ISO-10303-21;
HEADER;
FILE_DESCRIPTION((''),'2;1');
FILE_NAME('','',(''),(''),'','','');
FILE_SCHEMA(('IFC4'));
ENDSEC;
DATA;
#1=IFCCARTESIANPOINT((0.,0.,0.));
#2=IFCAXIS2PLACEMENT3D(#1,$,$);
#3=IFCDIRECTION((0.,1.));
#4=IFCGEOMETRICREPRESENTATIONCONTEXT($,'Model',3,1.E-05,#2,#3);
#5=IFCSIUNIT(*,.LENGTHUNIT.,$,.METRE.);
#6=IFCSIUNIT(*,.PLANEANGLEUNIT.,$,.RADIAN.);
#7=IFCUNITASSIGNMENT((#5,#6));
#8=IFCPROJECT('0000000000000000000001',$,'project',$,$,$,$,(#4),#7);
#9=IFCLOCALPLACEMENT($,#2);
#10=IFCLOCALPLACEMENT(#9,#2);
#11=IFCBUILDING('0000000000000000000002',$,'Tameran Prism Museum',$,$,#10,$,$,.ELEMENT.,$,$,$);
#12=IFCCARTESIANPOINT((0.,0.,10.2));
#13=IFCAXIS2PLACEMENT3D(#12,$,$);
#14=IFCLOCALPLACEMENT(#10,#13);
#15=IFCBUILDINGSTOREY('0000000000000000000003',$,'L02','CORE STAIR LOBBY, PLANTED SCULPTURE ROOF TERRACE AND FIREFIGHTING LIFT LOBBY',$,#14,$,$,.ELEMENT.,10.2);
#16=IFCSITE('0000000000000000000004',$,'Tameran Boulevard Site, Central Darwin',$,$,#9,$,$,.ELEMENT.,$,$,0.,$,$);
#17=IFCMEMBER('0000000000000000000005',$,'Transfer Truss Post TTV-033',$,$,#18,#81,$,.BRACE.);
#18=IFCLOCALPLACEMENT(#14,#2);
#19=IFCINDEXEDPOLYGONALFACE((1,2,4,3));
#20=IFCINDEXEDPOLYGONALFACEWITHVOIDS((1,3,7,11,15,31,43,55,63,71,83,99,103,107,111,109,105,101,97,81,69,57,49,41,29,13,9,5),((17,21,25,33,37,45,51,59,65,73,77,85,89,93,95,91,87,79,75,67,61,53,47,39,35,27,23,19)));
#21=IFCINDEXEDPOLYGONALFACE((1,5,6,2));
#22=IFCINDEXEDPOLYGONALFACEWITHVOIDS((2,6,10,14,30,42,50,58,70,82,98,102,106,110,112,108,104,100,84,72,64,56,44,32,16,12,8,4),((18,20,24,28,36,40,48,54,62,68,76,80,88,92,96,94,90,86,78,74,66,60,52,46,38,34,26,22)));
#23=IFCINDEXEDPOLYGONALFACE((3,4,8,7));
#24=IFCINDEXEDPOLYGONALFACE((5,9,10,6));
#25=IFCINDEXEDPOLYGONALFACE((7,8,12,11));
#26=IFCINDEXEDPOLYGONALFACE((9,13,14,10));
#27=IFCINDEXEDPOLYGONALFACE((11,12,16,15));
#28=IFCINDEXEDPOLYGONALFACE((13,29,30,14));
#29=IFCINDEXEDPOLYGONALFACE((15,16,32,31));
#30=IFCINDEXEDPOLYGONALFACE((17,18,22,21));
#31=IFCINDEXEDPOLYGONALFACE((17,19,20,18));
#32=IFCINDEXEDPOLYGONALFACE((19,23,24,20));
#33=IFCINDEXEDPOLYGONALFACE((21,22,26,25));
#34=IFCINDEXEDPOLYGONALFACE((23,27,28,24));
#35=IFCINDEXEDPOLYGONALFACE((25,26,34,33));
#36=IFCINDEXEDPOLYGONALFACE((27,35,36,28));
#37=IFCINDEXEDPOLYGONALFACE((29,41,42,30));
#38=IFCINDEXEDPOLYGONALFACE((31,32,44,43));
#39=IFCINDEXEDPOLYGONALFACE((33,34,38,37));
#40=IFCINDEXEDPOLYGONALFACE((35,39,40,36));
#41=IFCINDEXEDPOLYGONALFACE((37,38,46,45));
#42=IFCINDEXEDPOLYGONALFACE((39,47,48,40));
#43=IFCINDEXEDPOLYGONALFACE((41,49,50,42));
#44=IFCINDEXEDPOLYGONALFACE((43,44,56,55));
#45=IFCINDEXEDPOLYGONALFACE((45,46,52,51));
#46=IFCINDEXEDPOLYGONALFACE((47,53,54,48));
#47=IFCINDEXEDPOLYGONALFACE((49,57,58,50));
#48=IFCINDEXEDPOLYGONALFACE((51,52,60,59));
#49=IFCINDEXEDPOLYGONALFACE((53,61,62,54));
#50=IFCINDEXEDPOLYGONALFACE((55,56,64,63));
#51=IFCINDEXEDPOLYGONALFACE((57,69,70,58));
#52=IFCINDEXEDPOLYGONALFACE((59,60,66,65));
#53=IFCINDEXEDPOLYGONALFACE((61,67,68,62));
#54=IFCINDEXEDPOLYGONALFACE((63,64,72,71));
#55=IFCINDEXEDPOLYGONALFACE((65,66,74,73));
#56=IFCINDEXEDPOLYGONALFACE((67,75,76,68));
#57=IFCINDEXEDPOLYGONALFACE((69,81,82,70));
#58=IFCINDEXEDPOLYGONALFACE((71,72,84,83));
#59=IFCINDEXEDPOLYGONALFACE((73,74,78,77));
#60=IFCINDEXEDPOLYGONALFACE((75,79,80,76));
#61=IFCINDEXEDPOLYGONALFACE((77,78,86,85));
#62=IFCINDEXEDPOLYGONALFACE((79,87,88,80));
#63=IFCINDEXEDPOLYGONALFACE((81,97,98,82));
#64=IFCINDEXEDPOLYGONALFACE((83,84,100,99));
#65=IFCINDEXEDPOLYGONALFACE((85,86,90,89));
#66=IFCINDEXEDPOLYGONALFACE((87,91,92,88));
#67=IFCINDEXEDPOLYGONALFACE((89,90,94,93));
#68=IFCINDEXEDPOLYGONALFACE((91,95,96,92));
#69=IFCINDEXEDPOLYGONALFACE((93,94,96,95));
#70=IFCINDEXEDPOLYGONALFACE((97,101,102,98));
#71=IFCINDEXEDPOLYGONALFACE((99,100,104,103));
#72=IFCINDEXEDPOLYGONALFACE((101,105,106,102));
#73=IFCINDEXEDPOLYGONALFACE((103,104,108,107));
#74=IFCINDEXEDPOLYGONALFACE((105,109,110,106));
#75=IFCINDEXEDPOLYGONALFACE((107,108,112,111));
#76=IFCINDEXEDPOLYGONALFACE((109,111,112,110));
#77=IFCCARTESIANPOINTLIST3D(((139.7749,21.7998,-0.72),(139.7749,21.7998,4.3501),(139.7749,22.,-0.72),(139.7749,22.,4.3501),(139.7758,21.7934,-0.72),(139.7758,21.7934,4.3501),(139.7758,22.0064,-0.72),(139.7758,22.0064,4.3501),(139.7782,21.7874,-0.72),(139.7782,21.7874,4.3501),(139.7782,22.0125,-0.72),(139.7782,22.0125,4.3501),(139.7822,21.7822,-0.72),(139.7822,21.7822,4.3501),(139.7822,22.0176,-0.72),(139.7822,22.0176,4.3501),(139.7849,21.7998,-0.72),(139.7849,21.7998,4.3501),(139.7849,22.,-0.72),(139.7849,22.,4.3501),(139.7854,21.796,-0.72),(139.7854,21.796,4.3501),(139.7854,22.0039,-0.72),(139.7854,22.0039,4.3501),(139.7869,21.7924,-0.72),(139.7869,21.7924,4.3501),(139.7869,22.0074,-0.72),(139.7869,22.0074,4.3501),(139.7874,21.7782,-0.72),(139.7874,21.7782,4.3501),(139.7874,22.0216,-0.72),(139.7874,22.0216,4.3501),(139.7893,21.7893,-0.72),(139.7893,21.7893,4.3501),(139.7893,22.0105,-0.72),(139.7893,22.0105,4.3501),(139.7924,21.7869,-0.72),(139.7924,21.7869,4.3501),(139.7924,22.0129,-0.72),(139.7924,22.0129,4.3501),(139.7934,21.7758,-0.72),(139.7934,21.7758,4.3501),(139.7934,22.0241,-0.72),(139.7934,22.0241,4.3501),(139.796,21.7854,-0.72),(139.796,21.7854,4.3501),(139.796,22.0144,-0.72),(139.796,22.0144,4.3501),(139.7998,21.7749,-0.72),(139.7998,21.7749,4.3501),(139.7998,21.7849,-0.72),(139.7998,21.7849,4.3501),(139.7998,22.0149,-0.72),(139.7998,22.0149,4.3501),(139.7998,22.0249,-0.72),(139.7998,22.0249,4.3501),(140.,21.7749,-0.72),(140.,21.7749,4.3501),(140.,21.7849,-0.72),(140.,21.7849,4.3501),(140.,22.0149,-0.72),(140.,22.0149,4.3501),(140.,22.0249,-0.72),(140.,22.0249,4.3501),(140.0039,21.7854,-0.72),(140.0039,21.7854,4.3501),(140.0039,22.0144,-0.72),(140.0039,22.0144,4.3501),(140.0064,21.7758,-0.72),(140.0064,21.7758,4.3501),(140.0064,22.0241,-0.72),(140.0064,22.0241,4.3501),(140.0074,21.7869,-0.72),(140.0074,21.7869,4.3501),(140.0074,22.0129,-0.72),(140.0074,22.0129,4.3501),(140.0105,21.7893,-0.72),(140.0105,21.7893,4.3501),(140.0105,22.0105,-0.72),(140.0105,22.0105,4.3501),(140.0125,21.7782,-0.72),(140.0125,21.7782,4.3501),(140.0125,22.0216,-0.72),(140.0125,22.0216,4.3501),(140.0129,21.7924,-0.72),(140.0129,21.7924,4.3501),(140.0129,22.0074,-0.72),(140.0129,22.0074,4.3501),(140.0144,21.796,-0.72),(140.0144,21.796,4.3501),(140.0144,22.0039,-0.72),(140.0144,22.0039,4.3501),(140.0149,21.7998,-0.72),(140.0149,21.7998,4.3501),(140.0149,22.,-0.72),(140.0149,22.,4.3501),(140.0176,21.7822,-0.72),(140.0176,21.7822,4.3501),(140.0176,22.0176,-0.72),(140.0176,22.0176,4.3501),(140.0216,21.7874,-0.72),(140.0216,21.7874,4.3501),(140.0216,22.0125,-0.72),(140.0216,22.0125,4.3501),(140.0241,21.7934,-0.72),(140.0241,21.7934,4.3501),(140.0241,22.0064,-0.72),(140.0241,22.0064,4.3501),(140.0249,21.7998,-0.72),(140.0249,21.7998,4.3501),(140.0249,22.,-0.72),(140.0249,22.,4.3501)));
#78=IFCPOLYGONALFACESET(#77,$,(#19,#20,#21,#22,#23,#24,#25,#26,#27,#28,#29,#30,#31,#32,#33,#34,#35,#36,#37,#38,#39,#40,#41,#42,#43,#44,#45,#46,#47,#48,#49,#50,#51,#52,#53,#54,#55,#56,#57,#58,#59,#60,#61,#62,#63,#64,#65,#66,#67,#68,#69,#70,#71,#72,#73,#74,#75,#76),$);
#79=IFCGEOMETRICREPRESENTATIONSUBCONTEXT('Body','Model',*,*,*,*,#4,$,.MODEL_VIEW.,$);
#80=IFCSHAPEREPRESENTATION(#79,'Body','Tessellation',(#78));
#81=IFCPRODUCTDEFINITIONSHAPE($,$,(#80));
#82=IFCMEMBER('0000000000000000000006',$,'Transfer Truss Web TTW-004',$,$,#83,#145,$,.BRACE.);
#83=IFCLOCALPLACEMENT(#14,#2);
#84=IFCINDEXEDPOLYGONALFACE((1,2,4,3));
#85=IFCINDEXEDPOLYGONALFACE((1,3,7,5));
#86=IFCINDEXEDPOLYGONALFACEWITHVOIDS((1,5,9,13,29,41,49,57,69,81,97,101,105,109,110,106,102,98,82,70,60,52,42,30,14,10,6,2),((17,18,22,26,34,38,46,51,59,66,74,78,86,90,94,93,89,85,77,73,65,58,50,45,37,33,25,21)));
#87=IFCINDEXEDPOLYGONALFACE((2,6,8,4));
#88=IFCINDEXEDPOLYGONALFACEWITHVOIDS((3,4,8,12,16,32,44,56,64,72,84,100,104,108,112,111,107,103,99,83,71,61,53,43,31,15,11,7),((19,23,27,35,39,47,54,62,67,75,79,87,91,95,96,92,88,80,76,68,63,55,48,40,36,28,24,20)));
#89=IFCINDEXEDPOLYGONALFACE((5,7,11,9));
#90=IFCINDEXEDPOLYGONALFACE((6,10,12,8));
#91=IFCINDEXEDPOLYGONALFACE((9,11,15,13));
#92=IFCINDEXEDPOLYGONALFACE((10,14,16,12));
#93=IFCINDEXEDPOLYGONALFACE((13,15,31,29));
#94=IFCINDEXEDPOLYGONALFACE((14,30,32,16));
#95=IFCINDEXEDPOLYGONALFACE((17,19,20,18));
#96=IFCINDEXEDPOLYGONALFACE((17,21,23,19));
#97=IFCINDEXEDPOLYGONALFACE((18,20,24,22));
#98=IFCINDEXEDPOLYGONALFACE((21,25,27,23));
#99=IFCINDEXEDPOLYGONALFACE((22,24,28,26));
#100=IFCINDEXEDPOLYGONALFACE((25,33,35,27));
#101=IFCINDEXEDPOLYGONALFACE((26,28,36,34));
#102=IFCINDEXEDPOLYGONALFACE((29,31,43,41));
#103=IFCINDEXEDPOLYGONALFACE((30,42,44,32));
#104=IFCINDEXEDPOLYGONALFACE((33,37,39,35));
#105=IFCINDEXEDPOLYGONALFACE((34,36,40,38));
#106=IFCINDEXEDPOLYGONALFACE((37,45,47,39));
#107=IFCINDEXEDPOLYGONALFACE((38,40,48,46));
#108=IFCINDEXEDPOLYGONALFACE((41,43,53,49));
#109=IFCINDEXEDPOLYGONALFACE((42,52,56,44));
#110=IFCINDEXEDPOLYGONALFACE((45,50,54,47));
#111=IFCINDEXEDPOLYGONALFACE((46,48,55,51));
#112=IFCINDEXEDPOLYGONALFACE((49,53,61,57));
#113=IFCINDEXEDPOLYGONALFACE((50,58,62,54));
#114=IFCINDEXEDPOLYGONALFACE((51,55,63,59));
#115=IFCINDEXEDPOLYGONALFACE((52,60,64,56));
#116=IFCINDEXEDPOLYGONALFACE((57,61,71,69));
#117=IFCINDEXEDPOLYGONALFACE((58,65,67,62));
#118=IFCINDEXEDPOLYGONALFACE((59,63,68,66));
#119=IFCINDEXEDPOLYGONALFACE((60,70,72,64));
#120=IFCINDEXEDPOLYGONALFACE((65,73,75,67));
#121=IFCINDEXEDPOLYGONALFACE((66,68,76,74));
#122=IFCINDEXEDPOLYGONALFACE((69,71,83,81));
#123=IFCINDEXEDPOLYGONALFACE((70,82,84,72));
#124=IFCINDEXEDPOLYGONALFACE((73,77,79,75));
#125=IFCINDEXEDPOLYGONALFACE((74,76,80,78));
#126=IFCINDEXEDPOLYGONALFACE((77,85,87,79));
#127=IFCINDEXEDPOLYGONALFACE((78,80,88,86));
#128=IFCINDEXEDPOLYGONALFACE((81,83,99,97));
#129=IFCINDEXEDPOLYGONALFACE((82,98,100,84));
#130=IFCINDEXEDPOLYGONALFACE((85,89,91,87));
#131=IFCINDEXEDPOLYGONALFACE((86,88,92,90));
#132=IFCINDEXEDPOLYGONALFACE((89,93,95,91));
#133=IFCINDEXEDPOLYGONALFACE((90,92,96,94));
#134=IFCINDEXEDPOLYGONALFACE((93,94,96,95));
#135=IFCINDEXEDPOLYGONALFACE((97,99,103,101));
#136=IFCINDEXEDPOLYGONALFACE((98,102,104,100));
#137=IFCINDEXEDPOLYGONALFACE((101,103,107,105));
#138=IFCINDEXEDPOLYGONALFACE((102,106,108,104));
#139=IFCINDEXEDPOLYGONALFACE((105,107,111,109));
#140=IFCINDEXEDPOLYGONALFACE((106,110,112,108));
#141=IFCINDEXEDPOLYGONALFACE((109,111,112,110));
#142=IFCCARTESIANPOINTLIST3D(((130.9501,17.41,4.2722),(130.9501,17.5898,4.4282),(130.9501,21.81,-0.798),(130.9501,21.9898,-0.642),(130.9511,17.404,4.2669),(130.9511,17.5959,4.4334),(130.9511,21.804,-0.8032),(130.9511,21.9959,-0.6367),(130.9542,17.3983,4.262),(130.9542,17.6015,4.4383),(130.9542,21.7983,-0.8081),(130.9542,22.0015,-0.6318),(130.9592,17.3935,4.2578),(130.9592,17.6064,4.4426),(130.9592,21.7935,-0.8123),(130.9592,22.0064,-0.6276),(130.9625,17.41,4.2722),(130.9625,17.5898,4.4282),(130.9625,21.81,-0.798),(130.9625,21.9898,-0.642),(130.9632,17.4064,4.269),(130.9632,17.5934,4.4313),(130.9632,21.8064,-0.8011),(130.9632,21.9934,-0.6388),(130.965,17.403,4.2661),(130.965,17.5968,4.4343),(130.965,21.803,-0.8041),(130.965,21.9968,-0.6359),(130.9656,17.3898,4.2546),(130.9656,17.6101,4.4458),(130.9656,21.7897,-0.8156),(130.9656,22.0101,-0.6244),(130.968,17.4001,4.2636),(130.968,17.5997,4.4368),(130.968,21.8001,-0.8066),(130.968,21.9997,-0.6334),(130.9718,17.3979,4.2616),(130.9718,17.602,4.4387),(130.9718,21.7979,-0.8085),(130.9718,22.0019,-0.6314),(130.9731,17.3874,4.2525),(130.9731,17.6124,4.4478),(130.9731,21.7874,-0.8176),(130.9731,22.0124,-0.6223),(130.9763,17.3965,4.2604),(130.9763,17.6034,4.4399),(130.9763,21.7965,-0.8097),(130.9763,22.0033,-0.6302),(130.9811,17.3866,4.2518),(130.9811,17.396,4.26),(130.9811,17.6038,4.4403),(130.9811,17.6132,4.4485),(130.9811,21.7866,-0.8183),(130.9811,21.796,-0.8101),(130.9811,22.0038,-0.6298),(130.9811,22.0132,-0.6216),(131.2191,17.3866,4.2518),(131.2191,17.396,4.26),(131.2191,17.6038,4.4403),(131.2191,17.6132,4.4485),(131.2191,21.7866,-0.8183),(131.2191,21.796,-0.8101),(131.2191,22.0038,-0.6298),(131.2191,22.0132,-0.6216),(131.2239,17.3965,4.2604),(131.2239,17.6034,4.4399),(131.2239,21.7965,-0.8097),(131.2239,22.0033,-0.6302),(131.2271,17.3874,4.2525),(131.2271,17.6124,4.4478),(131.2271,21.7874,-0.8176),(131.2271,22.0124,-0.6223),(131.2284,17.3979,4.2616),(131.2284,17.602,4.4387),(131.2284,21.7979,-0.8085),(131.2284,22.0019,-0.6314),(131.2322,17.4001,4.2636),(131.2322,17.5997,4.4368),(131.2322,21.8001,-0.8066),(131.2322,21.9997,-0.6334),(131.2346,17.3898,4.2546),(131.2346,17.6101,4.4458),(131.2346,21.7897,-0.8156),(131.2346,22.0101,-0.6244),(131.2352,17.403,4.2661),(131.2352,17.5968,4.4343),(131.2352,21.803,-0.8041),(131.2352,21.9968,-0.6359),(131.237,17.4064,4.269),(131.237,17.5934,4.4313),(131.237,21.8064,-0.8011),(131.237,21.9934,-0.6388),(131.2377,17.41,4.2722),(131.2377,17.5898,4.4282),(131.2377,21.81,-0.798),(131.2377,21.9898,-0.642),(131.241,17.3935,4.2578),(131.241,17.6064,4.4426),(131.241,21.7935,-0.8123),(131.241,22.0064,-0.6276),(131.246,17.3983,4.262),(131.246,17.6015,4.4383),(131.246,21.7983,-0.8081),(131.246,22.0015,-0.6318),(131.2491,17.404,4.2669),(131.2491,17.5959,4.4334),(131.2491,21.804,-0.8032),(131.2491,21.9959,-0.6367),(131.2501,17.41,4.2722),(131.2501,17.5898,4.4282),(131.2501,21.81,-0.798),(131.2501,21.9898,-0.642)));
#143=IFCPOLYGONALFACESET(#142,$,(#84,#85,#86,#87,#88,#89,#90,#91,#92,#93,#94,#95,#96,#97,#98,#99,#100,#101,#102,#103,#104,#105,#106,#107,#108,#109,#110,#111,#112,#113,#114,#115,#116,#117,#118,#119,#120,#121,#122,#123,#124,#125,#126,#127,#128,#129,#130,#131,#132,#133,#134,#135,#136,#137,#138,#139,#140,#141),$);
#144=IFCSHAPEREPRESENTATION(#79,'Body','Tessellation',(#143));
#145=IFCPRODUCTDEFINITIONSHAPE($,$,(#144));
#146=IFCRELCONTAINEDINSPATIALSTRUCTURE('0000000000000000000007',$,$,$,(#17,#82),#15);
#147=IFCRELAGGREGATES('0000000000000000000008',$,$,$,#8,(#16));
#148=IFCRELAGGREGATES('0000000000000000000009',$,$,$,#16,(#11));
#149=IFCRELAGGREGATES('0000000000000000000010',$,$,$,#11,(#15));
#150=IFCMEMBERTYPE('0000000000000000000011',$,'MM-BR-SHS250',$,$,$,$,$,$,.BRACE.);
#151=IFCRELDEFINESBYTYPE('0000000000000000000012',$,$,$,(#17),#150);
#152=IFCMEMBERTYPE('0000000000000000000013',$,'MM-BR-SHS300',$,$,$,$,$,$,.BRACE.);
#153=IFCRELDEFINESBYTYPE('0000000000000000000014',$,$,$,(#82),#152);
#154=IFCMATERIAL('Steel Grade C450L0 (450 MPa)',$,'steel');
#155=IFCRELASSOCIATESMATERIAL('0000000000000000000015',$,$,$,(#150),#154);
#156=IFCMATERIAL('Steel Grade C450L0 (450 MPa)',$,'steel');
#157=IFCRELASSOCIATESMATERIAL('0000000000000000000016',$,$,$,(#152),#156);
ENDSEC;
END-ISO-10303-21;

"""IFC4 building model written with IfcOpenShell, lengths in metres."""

from ifc_helpers import new_model, si_unit, direction, frame, origin, origin_2d, place, context, subcontext, project, spatial, hollow_rectangle, extrude, material, material_profile, profile_set, type_object, element, save


model = new_model("IFC4")

# Units and contexts
model_context = context("Model", 3, precision=1e-05, world=origin(), true_north=direction((0.0, 1.0)))
body_context = subcontext(model_context, "Body", "Model", "MODEL_VIEW")
ifc_project = project(units=[si_unit("LENGTHUNIT", "METRE"), si_unit("PLANEANGLEUNIT", "RADIAN")], contexts=[model_context])

# Site, building, storey
site_placement = place(None, origin())
site = spatial("IfcSite", under=ifc_project, at=site_placement, Name="Tameran Boulevard Site, Central Darwin", CompositionType="ELEMENT", RefElevation=0.0)
building_placement = place(site_placement, origin())
building = spatial("IfcBuilding", under=site, at=building_placement, Name="Tameran Prism Museum", CompositionType="ELEMENT")
storey_placement = place(building_placement, frame((0.0, 0.0, 10.2)))
storey = spatial("IfcBuildingStorey", under=building, at=storey_placement, Name="L02", Description="CORE STAIR LOBBY, PLANTED SCULPTURE ROOF TERRACE AND FIREFIGHTING LIFT LOBBY", CompositionType="ELEMENT", Elevation=10.2)

# Members
ifc_material_1 = material(Name="Steel Grade C450L0 (450 MPa)", Category="steel")
ifc_material_profile_1 = material_profile(ifc_material_1, hollow_rectangle(XDim=0.25, YDim=0.25, WallThickness=0.01, InnerFilletRadius=0.0149, OuterFilletRadius=0.0249, at=origin_2d()))
ifc_profile_set_1 = profile_set([ifc_material_profile_1])
member_type_1 = type_object("IfcMemberType", Name="MM-BR-SHS250", PredefinedType="BRACE", material=ifc_profile_set_1)
for number, where, z_axis, x_axis, name in (
    (1, (139.8999, 21.8999, -0.72), (0.0, 0.0, 1.0), (1.0, 0.0, 0.0), "Transfer Truss Post TTV-033"),
):
    element("IfcMember", number, at=place(storey_placement, frame(where, z_axis=z_axis, x_axis=x_axis)), inside=storey, type_object=member_type_1, Name=name, PredefinedType="BRACE", context=body_context, shape_type="SweptSolid", body=[
        extrude(hollow_rectangle(XDim=0.25, YDim=0.25, WallThickness=0.01, InnerFilletRadius=0.0149, OuterFilletRadius=0.0249, at=origin_2d()), origin(), (0.0, 0.0, 1.0), 5.0701),
    ])
ifc_material_2 = material(Name="Steel Grade C450L0 (450 MPa)", Category="steel")
ifc_material_profile_2 = material_profile(ifc_material_2, hollow_rectangle(XDim=0.3, YDim=0.3, WallThickness=0.0125, InnerFilletRadius=0.0186, OuterFilletRadius=0.031, at=origin_2d()))
ifc_profile_set_2 = profile_set([ifc_material_profile_2])
member_type_2 = type_object("IfcMemberType", Name="MM-BR-SHS300", PredefinedType="BRACE", material=ifc_profile_set_2)
for number, where, z_axis, x_axis, name in (
    (2, (131.1001, 21.8999, -0.72), (0.0, -0.655427, 0.755258), (1.0, 0.0, 0.0), "Transfer Truss Web TTW-004"),
):
    element("IfcMember", number, at=place(storey_placement, frame(where, z_axis=z_axis, x_axis=x_axis)), inside=storey, type_object=member_type_2, Name=name, PredefinedType="BRACE", context=body_context, shape_type="SweptSolid", body=[
        extrude(hollow_rectangle(XDim=0.3, YDim=0.3, WallThickness=0.0125, InnerFilletRadius=0.0186, OuterFilletRadius=0.031, at=origin_2d()), origin(), (0.0, 0.0, 1.0), 6.7131),
    ])

save(model, "model.ifc")
